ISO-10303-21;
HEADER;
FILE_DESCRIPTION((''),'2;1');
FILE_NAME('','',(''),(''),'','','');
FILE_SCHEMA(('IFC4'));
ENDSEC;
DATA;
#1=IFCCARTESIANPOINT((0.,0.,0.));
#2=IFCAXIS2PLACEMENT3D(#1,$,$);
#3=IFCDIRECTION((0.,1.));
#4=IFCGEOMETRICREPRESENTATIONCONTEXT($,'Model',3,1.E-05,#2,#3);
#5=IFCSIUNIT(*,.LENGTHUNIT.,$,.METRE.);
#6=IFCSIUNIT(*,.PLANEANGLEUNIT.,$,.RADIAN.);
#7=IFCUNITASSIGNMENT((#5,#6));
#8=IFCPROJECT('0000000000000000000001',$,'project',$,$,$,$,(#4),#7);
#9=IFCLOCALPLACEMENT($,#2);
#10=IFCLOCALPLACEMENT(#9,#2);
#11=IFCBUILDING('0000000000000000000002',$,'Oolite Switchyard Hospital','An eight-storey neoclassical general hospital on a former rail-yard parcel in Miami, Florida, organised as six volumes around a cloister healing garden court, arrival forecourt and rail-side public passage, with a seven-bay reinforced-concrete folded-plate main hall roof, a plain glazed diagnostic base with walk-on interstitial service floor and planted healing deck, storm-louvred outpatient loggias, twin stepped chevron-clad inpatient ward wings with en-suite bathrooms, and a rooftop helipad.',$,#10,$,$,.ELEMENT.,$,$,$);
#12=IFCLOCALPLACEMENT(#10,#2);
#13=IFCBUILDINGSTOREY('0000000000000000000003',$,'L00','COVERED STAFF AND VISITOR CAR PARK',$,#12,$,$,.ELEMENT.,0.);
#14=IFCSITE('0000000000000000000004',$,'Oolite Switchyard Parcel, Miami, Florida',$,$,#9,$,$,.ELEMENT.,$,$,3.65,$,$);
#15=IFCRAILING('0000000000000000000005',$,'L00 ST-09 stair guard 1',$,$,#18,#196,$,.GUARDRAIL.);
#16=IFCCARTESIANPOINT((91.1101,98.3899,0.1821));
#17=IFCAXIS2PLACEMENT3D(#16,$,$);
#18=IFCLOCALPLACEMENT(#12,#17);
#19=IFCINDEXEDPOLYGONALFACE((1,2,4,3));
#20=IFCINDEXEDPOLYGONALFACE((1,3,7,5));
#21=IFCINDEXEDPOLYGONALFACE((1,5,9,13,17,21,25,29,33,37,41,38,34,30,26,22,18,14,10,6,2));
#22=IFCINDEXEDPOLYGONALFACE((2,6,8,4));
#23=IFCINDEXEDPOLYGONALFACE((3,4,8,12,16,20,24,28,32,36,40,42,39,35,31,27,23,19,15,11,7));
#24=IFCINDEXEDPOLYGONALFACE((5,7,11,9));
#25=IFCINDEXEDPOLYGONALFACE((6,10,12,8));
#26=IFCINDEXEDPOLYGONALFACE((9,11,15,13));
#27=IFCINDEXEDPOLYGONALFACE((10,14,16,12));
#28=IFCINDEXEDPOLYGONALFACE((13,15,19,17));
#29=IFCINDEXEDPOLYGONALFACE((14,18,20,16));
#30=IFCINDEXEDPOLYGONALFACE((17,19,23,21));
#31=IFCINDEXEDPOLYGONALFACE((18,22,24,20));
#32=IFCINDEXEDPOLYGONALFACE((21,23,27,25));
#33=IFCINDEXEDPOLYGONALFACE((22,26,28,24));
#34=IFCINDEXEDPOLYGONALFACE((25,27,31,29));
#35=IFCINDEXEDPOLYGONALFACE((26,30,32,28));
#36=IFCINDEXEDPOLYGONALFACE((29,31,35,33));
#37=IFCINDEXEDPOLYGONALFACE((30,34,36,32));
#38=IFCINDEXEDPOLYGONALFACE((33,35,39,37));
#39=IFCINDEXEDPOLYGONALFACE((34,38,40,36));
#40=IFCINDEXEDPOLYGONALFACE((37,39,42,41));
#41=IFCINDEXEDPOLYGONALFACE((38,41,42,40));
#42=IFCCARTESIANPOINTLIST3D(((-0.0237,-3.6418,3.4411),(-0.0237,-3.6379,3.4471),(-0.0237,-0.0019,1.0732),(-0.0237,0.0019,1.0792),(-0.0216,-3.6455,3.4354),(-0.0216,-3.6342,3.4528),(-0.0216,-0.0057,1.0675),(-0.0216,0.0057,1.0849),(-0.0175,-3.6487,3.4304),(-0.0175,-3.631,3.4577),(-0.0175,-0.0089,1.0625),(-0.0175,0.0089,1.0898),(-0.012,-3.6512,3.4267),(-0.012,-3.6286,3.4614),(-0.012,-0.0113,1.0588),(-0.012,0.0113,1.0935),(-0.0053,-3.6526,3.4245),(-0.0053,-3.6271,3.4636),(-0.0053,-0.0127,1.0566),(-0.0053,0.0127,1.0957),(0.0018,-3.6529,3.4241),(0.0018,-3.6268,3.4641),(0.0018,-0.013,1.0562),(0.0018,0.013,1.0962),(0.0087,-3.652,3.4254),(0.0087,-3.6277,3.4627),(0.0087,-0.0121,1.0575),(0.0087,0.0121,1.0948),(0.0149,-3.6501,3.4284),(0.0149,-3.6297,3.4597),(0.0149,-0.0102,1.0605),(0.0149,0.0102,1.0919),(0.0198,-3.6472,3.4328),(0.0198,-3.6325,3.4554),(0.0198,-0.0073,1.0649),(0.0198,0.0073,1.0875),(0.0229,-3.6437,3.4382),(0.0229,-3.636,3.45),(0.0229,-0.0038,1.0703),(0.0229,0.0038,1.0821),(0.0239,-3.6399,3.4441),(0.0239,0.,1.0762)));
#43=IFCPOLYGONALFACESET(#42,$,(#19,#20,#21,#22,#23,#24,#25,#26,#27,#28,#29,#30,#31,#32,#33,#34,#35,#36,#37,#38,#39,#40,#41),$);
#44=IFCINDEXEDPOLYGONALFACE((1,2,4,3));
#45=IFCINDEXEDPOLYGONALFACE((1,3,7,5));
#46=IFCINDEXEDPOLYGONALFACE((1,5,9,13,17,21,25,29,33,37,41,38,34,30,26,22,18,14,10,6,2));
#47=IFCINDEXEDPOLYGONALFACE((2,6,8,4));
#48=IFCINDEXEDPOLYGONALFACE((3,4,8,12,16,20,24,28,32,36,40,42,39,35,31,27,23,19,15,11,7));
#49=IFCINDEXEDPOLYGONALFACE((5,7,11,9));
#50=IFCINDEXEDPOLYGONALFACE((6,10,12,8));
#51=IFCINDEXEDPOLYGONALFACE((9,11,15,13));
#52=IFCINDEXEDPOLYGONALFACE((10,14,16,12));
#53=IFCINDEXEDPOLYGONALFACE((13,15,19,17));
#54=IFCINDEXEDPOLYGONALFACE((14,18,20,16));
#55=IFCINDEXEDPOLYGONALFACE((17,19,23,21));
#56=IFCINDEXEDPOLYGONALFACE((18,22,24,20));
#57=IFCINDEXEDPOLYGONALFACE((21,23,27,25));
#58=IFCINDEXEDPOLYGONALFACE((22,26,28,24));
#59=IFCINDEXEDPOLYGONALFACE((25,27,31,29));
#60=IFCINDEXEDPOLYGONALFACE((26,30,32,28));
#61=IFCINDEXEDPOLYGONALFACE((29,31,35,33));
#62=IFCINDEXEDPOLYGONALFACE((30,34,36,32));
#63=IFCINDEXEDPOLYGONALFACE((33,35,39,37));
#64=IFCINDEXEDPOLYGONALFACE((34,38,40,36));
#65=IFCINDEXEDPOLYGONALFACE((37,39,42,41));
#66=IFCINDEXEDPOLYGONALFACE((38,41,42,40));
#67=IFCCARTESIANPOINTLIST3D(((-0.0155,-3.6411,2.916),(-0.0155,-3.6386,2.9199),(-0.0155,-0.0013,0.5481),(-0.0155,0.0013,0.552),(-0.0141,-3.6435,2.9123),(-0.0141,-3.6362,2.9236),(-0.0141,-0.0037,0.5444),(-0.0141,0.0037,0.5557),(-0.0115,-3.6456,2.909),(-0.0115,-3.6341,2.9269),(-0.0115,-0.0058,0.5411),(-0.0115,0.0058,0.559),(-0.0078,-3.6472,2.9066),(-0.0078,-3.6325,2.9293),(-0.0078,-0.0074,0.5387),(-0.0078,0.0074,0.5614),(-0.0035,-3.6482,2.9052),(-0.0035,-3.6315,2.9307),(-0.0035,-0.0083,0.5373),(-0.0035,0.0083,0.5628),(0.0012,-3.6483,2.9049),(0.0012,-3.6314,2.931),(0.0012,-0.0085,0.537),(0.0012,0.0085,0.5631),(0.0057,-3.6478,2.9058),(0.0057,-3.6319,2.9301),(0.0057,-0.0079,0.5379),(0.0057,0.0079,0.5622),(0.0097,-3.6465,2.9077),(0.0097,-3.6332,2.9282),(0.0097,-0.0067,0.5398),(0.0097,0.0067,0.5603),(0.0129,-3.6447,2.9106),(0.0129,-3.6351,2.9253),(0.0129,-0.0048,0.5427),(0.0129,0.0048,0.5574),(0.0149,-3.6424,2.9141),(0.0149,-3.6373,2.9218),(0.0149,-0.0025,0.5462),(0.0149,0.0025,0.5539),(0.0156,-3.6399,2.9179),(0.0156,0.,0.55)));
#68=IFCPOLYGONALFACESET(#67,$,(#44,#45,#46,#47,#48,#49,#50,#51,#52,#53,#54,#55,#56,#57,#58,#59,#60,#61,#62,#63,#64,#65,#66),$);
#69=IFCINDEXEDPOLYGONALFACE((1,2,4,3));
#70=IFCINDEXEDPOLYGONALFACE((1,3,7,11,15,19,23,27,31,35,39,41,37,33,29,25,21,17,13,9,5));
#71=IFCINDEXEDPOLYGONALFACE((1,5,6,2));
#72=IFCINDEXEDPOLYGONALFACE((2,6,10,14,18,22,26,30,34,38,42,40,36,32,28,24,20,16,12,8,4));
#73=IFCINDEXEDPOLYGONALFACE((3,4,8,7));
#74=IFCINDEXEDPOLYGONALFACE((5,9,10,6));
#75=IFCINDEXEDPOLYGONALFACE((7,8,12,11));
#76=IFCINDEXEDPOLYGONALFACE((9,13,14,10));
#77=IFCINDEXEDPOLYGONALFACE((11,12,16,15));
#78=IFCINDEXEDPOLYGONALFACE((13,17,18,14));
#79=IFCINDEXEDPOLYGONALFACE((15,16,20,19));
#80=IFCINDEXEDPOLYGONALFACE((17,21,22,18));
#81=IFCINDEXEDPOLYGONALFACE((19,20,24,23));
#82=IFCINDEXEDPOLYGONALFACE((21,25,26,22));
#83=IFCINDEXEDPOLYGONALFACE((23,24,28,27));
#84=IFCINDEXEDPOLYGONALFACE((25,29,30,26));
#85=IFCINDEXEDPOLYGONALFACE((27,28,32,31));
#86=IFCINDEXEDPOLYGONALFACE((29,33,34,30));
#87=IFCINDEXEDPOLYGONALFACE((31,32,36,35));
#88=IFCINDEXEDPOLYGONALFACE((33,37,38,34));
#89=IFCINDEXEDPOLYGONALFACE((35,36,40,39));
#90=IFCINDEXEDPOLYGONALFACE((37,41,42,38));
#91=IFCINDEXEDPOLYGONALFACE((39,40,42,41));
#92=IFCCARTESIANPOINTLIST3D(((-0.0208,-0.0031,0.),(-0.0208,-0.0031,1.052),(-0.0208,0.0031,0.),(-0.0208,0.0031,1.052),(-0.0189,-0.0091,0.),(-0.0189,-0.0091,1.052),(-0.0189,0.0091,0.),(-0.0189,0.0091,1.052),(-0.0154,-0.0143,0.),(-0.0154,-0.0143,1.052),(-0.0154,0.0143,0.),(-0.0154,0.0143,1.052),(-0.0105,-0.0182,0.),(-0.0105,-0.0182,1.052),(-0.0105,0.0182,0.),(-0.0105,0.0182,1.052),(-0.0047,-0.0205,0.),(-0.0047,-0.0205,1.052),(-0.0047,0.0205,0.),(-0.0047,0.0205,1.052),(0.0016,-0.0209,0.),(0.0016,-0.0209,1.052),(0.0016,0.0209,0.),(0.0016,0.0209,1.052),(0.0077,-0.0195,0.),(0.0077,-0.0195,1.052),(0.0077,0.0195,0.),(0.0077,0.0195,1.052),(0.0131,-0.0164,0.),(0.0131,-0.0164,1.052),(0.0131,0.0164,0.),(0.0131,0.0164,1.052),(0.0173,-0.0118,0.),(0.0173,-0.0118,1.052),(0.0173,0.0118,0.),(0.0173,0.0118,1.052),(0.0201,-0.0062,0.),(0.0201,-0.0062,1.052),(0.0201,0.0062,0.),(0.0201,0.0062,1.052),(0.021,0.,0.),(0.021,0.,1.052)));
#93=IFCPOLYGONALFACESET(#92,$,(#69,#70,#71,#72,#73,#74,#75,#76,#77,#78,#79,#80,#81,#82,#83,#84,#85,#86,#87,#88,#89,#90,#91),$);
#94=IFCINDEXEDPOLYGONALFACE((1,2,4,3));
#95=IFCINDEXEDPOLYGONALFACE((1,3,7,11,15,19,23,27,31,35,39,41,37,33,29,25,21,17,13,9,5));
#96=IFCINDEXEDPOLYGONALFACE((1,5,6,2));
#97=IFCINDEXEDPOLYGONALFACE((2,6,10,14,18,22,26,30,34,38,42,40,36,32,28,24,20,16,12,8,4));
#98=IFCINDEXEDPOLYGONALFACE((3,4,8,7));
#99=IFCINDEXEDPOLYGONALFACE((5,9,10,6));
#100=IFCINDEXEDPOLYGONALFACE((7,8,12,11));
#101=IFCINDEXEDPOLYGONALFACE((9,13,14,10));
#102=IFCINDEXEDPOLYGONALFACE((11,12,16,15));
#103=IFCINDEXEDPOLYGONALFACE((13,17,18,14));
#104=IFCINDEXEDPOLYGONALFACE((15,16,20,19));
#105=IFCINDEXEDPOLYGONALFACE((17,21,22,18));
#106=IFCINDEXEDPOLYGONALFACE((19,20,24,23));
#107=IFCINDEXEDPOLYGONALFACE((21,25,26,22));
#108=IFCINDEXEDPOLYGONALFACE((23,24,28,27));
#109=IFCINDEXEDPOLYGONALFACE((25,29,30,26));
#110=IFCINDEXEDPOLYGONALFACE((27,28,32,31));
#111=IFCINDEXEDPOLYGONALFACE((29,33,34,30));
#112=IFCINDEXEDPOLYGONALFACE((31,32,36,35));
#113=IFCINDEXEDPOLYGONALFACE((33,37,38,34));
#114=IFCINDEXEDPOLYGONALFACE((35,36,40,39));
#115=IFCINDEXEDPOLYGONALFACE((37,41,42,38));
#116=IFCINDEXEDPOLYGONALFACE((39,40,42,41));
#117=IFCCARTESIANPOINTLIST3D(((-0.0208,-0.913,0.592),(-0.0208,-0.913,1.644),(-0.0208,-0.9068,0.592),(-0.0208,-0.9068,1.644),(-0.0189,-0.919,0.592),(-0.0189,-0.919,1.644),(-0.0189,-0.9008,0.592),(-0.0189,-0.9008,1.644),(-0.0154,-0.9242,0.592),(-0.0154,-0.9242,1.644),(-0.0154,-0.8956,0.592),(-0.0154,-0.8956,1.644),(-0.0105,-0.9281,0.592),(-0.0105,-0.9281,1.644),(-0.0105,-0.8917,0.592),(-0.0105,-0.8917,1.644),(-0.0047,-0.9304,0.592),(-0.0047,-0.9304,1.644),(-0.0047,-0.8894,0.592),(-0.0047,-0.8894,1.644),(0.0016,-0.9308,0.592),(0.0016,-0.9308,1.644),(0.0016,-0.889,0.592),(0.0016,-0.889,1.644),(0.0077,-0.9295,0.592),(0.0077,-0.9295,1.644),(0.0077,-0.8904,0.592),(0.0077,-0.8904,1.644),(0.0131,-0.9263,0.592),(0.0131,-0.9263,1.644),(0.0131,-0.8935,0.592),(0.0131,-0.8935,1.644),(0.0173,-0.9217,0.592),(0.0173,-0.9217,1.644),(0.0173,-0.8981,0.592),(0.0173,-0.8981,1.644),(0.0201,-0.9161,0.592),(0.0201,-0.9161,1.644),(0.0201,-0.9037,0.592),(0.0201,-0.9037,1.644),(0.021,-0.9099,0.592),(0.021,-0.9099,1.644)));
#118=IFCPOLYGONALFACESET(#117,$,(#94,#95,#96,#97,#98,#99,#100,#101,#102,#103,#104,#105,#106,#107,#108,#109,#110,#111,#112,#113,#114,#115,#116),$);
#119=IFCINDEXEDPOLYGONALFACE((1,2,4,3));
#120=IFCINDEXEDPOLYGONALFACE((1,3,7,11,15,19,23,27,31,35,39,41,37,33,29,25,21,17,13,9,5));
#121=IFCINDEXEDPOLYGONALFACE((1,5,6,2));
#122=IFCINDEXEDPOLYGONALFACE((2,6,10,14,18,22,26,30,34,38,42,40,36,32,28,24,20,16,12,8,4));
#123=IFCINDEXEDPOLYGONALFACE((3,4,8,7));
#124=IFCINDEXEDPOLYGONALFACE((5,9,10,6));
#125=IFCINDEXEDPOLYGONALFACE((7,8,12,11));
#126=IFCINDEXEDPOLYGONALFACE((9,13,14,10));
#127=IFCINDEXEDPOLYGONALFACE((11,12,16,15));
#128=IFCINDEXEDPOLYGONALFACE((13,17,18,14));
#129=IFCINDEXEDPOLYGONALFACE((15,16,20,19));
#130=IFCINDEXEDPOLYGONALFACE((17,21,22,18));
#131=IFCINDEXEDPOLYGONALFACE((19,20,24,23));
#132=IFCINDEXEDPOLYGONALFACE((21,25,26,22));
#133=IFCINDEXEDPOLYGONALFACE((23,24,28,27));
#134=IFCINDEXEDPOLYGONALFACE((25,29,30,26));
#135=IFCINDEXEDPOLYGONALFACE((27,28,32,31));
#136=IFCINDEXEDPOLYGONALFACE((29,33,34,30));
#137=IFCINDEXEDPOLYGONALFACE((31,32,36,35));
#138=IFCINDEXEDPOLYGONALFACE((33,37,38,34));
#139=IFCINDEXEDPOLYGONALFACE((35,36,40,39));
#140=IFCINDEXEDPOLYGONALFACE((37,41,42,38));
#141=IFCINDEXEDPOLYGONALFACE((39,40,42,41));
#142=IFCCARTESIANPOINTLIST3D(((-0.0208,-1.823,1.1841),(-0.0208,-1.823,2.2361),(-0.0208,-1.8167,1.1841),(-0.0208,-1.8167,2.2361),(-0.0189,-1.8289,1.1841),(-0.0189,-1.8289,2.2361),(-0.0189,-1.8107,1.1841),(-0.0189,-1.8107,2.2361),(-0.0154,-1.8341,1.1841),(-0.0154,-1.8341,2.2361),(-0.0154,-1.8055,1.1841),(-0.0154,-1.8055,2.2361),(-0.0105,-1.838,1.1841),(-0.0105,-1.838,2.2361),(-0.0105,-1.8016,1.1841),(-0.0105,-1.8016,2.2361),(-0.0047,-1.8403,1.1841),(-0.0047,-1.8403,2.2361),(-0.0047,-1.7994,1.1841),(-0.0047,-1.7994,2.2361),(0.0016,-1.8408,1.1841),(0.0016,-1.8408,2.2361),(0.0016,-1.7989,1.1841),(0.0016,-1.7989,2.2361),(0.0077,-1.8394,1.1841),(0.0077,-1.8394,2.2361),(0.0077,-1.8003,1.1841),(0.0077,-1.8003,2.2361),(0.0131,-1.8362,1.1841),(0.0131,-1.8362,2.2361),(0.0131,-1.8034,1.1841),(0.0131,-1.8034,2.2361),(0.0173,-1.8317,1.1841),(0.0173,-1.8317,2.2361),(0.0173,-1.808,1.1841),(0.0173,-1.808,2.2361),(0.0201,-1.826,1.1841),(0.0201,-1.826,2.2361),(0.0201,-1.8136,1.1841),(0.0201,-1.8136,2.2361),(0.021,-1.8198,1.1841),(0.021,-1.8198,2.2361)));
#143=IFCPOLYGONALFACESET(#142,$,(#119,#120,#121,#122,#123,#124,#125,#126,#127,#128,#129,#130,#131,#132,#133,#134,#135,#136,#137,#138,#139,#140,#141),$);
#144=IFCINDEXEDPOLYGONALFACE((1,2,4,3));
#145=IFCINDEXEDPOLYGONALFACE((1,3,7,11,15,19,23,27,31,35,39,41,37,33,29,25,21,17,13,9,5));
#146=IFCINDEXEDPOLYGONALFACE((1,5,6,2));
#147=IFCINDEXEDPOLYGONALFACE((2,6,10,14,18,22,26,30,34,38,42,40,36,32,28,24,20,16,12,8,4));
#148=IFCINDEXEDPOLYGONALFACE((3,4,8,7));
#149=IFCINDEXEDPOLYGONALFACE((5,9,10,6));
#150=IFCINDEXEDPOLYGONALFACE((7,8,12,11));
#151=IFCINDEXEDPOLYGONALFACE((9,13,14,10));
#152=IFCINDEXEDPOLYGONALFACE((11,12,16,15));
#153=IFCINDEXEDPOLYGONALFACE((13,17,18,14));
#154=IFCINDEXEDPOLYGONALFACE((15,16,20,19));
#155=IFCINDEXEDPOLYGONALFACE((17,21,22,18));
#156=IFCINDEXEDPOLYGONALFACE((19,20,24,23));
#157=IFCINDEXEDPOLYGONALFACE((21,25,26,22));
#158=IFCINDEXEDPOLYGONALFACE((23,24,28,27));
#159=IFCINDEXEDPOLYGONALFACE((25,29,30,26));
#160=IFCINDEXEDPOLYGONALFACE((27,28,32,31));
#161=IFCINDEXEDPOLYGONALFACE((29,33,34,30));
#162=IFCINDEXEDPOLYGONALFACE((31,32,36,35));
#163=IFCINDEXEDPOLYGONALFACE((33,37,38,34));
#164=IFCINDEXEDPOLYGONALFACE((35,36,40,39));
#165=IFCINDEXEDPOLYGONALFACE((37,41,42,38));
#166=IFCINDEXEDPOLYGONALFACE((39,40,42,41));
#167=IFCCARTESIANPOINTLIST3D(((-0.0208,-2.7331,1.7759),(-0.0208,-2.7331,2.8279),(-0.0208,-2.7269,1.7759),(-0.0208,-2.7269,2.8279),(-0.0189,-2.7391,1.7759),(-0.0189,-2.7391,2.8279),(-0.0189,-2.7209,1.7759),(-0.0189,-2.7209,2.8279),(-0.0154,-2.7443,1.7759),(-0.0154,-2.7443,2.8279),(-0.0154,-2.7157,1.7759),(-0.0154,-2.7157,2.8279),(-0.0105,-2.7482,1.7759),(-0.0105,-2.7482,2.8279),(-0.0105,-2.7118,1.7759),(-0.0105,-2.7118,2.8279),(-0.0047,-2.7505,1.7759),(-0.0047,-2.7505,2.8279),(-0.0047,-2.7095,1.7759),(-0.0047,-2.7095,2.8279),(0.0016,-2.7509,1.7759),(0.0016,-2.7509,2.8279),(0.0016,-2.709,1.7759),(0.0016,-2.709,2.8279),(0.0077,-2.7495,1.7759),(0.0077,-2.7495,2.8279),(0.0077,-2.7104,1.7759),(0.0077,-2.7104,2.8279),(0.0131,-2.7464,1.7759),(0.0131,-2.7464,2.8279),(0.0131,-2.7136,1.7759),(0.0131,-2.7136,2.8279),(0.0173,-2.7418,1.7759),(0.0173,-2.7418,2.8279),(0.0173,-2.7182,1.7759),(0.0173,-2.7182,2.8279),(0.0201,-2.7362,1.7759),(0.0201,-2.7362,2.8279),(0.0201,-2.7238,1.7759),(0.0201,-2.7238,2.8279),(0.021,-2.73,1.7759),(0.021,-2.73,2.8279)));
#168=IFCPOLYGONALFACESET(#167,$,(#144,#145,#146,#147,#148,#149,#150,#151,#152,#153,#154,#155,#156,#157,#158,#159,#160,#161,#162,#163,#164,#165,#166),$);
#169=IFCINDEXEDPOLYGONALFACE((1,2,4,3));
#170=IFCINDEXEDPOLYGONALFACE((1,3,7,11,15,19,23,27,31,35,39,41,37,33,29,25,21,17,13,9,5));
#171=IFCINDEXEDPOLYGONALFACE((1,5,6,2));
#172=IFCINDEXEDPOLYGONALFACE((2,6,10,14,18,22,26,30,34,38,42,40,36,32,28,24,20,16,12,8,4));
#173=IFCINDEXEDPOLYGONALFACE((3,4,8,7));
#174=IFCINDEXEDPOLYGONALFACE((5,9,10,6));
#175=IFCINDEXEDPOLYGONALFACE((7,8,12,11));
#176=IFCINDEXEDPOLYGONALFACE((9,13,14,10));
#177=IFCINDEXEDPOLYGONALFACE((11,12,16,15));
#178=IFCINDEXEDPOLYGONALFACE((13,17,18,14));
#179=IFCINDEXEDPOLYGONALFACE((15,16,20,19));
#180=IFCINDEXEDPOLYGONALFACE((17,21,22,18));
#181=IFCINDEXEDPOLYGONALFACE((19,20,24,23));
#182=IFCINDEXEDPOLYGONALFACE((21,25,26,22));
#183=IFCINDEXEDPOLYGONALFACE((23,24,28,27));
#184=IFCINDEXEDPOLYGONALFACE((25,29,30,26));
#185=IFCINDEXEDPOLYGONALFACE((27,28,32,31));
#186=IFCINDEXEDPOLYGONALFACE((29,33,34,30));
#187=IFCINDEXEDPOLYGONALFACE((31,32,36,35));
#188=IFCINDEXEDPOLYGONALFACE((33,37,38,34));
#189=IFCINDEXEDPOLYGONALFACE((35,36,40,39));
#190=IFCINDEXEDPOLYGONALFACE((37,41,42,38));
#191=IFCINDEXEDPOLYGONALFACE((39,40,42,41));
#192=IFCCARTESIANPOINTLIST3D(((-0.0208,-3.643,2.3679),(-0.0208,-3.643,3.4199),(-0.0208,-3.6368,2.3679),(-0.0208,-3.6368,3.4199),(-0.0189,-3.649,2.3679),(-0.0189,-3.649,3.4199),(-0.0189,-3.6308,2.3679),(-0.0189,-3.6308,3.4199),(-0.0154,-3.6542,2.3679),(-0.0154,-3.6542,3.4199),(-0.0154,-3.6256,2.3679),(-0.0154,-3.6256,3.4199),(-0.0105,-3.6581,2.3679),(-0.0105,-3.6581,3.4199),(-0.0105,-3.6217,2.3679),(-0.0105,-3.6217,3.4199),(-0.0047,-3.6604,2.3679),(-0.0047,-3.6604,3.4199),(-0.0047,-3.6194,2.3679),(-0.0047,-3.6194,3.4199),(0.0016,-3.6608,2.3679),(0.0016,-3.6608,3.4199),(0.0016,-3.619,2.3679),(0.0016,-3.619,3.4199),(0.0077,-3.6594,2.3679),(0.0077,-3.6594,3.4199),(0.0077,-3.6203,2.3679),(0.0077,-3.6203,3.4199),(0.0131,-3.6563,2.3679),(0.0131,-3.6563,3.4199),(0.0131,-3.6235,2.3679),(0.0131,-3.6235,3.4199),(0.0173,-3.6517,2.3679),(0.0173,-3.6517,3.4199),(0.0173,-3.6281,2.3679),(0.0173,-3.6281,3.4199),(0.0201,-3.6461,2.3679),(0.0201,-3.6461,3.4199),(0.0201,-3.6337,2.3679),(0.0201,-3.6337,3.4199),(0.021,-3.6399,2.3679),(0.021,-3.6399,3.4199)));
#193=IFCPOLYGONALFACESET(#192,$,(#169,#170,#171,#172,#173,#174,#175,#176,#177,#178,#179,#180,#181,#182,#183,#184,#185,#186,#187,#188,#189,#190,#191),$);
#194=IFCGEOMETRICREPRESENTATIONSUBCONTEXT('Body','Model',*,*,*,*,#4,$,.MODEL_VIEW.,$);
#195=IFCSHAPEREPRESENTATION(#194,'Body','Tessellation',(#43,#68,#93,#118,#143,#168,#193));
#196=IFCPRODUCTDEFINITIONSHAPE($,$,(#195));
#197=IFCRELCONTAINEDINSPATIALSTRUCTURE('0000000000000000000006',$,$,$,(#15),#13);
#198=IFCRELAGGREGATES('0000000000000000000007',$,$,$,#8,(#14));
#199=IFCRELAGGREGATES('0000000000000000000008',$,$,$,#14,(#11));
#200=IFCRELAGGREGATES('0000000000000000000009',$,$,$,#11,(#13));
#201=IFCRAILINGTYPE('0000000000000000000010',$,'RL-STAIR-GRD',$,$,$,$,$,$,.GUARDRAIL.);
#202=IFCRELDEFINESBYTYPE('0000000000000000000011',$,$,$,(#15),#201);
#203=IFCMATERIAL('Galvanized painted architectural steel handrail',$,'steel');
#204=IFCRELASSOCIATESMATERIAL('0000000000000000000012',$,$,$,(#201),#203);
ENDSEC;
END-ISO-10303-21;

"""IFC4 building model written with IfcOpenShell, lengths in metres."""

from ifc_helpers import new_model, si_unit, direction, frame, origin, origin_2d, place, context, subcontext, project, spatial, circle, extrude, material, type_object, element, save


model = new_model("IFC4")

# Units and contexts
model_context = context("Model", 3, precision=1e-05, world=origin(), true_north=direction((0.0, 1.0)))
body_context = subcontext(model_context, "Body", "Model", "MODEL_VIEW")
ifc_project = project(units=[si_unit("LENGTHUNIT", "METRE"), si_unit("PLANEANGLEUNIT", "RADIAN")], contexts=[model_context])

# Site, building, storey
site_placement = place(None, origin())
site = spatial("IfcSite", under=ifc_project, at=site_placement, Name="Oolite Switchyard Parcel, Miami, Florida", CompositionType="ELEMENT", RefElevation=3.65)
building_placement = place(site_placement, origin())
building = spatial("IfcBuilding", under=site, at=building_placement, Name="Oolite Switchyard Hospital", Description="An eight-storey neoclassical general hospital on a former rail-yard parcel in Miami, Florida, organised as six volumes around a cloister healing garden court, arrival forecourt and rail-side public passage, with a seven-bay reinforced-concrete folded-plate main hall roof, a plain glazed diagnostic base with walk-on interstitial service floor and planted healing deck, storm-louvred outpatient loggias, twin stepped chevron-clad inpatient ward wings with en-suite bathrooms, and a rooftop helipad.", CompositionType="ELEMENT")
storey_placement = place(building_placement, origin())
storey = spatial("IfcBuildingStorey", under=building, at=storey_placement, Name="L00", Description="COVERED STAFF AND VISITOR CAR PARK", CompositionType="ELEMENT", Elevation=0.0)

# Railing
ifc_material_1 = material(Name="Galvanized painted architectural steel handrail", Category="steel")
railing_type_1 = type_object("IfcRailingType", Name="RL-STAIR-GRD", PredefinedType="GUARDRAIL", material=ifc_material_1)
railing_1_placement = place(storey_placement, frame((91.1101, 98.3899, 0.1821)))
element("IfcRailing", 1, at=railing_1_placement, inside=storey, type_object=railing_type_1, Name="L00 ST-09 stair guard 1", PredefinedType="GUARDRAIL", context=body_context, shape_type="SweptSolid", body=[
    extrude(circle(Radius=0.0239, at=origin_2d()), frame((0.0, 0.0, 1.0762), z_axis=(0.0, -0.838234, 0.54531), x_axis=(1.0, 0.0, 0.0)), (0.0, 0.0, 1.0), 4.3423),
    extrude(circle(Radius=0.0156, at=origin_2d()), frame((0.0, 0.0, 0.55), z_axis=(0.0, -0.838234, 0.54531), x_axis=(1.0, 0.0, 0.0)), (0.0, 0.0, 1.0), 4.3423),
    extrude(circle(Radius=0.021, at=origin_2d()), origin(), (0.0, 0.0, 1.0), 1.052),
    extrude(circle(Radius=0.021, at=origin_2d()), frame((0.0, -0.9099, 0.592)), (0.0, 0.0, 1.0), 1.052),
    extrude(circle(Radius=0.021, at=origin_2d()), frame((0.0, -1.8198, 1.1841)), (0.0, 0.0, 1.0), 1.052),
    extrude(circle(Radius=0.021, at=origin_2d()), frame((0.0, -2.73, 1.7759)), (0.0, 0.0, 1.0), 1.052),
    extrude(circle(Radius=0.021, at=origin_2d()), frame((0.0, -3.6399, 2.3679)), (0.0, 0.0, 1.0), 1.052),
])

save(model, "model.ifc")
